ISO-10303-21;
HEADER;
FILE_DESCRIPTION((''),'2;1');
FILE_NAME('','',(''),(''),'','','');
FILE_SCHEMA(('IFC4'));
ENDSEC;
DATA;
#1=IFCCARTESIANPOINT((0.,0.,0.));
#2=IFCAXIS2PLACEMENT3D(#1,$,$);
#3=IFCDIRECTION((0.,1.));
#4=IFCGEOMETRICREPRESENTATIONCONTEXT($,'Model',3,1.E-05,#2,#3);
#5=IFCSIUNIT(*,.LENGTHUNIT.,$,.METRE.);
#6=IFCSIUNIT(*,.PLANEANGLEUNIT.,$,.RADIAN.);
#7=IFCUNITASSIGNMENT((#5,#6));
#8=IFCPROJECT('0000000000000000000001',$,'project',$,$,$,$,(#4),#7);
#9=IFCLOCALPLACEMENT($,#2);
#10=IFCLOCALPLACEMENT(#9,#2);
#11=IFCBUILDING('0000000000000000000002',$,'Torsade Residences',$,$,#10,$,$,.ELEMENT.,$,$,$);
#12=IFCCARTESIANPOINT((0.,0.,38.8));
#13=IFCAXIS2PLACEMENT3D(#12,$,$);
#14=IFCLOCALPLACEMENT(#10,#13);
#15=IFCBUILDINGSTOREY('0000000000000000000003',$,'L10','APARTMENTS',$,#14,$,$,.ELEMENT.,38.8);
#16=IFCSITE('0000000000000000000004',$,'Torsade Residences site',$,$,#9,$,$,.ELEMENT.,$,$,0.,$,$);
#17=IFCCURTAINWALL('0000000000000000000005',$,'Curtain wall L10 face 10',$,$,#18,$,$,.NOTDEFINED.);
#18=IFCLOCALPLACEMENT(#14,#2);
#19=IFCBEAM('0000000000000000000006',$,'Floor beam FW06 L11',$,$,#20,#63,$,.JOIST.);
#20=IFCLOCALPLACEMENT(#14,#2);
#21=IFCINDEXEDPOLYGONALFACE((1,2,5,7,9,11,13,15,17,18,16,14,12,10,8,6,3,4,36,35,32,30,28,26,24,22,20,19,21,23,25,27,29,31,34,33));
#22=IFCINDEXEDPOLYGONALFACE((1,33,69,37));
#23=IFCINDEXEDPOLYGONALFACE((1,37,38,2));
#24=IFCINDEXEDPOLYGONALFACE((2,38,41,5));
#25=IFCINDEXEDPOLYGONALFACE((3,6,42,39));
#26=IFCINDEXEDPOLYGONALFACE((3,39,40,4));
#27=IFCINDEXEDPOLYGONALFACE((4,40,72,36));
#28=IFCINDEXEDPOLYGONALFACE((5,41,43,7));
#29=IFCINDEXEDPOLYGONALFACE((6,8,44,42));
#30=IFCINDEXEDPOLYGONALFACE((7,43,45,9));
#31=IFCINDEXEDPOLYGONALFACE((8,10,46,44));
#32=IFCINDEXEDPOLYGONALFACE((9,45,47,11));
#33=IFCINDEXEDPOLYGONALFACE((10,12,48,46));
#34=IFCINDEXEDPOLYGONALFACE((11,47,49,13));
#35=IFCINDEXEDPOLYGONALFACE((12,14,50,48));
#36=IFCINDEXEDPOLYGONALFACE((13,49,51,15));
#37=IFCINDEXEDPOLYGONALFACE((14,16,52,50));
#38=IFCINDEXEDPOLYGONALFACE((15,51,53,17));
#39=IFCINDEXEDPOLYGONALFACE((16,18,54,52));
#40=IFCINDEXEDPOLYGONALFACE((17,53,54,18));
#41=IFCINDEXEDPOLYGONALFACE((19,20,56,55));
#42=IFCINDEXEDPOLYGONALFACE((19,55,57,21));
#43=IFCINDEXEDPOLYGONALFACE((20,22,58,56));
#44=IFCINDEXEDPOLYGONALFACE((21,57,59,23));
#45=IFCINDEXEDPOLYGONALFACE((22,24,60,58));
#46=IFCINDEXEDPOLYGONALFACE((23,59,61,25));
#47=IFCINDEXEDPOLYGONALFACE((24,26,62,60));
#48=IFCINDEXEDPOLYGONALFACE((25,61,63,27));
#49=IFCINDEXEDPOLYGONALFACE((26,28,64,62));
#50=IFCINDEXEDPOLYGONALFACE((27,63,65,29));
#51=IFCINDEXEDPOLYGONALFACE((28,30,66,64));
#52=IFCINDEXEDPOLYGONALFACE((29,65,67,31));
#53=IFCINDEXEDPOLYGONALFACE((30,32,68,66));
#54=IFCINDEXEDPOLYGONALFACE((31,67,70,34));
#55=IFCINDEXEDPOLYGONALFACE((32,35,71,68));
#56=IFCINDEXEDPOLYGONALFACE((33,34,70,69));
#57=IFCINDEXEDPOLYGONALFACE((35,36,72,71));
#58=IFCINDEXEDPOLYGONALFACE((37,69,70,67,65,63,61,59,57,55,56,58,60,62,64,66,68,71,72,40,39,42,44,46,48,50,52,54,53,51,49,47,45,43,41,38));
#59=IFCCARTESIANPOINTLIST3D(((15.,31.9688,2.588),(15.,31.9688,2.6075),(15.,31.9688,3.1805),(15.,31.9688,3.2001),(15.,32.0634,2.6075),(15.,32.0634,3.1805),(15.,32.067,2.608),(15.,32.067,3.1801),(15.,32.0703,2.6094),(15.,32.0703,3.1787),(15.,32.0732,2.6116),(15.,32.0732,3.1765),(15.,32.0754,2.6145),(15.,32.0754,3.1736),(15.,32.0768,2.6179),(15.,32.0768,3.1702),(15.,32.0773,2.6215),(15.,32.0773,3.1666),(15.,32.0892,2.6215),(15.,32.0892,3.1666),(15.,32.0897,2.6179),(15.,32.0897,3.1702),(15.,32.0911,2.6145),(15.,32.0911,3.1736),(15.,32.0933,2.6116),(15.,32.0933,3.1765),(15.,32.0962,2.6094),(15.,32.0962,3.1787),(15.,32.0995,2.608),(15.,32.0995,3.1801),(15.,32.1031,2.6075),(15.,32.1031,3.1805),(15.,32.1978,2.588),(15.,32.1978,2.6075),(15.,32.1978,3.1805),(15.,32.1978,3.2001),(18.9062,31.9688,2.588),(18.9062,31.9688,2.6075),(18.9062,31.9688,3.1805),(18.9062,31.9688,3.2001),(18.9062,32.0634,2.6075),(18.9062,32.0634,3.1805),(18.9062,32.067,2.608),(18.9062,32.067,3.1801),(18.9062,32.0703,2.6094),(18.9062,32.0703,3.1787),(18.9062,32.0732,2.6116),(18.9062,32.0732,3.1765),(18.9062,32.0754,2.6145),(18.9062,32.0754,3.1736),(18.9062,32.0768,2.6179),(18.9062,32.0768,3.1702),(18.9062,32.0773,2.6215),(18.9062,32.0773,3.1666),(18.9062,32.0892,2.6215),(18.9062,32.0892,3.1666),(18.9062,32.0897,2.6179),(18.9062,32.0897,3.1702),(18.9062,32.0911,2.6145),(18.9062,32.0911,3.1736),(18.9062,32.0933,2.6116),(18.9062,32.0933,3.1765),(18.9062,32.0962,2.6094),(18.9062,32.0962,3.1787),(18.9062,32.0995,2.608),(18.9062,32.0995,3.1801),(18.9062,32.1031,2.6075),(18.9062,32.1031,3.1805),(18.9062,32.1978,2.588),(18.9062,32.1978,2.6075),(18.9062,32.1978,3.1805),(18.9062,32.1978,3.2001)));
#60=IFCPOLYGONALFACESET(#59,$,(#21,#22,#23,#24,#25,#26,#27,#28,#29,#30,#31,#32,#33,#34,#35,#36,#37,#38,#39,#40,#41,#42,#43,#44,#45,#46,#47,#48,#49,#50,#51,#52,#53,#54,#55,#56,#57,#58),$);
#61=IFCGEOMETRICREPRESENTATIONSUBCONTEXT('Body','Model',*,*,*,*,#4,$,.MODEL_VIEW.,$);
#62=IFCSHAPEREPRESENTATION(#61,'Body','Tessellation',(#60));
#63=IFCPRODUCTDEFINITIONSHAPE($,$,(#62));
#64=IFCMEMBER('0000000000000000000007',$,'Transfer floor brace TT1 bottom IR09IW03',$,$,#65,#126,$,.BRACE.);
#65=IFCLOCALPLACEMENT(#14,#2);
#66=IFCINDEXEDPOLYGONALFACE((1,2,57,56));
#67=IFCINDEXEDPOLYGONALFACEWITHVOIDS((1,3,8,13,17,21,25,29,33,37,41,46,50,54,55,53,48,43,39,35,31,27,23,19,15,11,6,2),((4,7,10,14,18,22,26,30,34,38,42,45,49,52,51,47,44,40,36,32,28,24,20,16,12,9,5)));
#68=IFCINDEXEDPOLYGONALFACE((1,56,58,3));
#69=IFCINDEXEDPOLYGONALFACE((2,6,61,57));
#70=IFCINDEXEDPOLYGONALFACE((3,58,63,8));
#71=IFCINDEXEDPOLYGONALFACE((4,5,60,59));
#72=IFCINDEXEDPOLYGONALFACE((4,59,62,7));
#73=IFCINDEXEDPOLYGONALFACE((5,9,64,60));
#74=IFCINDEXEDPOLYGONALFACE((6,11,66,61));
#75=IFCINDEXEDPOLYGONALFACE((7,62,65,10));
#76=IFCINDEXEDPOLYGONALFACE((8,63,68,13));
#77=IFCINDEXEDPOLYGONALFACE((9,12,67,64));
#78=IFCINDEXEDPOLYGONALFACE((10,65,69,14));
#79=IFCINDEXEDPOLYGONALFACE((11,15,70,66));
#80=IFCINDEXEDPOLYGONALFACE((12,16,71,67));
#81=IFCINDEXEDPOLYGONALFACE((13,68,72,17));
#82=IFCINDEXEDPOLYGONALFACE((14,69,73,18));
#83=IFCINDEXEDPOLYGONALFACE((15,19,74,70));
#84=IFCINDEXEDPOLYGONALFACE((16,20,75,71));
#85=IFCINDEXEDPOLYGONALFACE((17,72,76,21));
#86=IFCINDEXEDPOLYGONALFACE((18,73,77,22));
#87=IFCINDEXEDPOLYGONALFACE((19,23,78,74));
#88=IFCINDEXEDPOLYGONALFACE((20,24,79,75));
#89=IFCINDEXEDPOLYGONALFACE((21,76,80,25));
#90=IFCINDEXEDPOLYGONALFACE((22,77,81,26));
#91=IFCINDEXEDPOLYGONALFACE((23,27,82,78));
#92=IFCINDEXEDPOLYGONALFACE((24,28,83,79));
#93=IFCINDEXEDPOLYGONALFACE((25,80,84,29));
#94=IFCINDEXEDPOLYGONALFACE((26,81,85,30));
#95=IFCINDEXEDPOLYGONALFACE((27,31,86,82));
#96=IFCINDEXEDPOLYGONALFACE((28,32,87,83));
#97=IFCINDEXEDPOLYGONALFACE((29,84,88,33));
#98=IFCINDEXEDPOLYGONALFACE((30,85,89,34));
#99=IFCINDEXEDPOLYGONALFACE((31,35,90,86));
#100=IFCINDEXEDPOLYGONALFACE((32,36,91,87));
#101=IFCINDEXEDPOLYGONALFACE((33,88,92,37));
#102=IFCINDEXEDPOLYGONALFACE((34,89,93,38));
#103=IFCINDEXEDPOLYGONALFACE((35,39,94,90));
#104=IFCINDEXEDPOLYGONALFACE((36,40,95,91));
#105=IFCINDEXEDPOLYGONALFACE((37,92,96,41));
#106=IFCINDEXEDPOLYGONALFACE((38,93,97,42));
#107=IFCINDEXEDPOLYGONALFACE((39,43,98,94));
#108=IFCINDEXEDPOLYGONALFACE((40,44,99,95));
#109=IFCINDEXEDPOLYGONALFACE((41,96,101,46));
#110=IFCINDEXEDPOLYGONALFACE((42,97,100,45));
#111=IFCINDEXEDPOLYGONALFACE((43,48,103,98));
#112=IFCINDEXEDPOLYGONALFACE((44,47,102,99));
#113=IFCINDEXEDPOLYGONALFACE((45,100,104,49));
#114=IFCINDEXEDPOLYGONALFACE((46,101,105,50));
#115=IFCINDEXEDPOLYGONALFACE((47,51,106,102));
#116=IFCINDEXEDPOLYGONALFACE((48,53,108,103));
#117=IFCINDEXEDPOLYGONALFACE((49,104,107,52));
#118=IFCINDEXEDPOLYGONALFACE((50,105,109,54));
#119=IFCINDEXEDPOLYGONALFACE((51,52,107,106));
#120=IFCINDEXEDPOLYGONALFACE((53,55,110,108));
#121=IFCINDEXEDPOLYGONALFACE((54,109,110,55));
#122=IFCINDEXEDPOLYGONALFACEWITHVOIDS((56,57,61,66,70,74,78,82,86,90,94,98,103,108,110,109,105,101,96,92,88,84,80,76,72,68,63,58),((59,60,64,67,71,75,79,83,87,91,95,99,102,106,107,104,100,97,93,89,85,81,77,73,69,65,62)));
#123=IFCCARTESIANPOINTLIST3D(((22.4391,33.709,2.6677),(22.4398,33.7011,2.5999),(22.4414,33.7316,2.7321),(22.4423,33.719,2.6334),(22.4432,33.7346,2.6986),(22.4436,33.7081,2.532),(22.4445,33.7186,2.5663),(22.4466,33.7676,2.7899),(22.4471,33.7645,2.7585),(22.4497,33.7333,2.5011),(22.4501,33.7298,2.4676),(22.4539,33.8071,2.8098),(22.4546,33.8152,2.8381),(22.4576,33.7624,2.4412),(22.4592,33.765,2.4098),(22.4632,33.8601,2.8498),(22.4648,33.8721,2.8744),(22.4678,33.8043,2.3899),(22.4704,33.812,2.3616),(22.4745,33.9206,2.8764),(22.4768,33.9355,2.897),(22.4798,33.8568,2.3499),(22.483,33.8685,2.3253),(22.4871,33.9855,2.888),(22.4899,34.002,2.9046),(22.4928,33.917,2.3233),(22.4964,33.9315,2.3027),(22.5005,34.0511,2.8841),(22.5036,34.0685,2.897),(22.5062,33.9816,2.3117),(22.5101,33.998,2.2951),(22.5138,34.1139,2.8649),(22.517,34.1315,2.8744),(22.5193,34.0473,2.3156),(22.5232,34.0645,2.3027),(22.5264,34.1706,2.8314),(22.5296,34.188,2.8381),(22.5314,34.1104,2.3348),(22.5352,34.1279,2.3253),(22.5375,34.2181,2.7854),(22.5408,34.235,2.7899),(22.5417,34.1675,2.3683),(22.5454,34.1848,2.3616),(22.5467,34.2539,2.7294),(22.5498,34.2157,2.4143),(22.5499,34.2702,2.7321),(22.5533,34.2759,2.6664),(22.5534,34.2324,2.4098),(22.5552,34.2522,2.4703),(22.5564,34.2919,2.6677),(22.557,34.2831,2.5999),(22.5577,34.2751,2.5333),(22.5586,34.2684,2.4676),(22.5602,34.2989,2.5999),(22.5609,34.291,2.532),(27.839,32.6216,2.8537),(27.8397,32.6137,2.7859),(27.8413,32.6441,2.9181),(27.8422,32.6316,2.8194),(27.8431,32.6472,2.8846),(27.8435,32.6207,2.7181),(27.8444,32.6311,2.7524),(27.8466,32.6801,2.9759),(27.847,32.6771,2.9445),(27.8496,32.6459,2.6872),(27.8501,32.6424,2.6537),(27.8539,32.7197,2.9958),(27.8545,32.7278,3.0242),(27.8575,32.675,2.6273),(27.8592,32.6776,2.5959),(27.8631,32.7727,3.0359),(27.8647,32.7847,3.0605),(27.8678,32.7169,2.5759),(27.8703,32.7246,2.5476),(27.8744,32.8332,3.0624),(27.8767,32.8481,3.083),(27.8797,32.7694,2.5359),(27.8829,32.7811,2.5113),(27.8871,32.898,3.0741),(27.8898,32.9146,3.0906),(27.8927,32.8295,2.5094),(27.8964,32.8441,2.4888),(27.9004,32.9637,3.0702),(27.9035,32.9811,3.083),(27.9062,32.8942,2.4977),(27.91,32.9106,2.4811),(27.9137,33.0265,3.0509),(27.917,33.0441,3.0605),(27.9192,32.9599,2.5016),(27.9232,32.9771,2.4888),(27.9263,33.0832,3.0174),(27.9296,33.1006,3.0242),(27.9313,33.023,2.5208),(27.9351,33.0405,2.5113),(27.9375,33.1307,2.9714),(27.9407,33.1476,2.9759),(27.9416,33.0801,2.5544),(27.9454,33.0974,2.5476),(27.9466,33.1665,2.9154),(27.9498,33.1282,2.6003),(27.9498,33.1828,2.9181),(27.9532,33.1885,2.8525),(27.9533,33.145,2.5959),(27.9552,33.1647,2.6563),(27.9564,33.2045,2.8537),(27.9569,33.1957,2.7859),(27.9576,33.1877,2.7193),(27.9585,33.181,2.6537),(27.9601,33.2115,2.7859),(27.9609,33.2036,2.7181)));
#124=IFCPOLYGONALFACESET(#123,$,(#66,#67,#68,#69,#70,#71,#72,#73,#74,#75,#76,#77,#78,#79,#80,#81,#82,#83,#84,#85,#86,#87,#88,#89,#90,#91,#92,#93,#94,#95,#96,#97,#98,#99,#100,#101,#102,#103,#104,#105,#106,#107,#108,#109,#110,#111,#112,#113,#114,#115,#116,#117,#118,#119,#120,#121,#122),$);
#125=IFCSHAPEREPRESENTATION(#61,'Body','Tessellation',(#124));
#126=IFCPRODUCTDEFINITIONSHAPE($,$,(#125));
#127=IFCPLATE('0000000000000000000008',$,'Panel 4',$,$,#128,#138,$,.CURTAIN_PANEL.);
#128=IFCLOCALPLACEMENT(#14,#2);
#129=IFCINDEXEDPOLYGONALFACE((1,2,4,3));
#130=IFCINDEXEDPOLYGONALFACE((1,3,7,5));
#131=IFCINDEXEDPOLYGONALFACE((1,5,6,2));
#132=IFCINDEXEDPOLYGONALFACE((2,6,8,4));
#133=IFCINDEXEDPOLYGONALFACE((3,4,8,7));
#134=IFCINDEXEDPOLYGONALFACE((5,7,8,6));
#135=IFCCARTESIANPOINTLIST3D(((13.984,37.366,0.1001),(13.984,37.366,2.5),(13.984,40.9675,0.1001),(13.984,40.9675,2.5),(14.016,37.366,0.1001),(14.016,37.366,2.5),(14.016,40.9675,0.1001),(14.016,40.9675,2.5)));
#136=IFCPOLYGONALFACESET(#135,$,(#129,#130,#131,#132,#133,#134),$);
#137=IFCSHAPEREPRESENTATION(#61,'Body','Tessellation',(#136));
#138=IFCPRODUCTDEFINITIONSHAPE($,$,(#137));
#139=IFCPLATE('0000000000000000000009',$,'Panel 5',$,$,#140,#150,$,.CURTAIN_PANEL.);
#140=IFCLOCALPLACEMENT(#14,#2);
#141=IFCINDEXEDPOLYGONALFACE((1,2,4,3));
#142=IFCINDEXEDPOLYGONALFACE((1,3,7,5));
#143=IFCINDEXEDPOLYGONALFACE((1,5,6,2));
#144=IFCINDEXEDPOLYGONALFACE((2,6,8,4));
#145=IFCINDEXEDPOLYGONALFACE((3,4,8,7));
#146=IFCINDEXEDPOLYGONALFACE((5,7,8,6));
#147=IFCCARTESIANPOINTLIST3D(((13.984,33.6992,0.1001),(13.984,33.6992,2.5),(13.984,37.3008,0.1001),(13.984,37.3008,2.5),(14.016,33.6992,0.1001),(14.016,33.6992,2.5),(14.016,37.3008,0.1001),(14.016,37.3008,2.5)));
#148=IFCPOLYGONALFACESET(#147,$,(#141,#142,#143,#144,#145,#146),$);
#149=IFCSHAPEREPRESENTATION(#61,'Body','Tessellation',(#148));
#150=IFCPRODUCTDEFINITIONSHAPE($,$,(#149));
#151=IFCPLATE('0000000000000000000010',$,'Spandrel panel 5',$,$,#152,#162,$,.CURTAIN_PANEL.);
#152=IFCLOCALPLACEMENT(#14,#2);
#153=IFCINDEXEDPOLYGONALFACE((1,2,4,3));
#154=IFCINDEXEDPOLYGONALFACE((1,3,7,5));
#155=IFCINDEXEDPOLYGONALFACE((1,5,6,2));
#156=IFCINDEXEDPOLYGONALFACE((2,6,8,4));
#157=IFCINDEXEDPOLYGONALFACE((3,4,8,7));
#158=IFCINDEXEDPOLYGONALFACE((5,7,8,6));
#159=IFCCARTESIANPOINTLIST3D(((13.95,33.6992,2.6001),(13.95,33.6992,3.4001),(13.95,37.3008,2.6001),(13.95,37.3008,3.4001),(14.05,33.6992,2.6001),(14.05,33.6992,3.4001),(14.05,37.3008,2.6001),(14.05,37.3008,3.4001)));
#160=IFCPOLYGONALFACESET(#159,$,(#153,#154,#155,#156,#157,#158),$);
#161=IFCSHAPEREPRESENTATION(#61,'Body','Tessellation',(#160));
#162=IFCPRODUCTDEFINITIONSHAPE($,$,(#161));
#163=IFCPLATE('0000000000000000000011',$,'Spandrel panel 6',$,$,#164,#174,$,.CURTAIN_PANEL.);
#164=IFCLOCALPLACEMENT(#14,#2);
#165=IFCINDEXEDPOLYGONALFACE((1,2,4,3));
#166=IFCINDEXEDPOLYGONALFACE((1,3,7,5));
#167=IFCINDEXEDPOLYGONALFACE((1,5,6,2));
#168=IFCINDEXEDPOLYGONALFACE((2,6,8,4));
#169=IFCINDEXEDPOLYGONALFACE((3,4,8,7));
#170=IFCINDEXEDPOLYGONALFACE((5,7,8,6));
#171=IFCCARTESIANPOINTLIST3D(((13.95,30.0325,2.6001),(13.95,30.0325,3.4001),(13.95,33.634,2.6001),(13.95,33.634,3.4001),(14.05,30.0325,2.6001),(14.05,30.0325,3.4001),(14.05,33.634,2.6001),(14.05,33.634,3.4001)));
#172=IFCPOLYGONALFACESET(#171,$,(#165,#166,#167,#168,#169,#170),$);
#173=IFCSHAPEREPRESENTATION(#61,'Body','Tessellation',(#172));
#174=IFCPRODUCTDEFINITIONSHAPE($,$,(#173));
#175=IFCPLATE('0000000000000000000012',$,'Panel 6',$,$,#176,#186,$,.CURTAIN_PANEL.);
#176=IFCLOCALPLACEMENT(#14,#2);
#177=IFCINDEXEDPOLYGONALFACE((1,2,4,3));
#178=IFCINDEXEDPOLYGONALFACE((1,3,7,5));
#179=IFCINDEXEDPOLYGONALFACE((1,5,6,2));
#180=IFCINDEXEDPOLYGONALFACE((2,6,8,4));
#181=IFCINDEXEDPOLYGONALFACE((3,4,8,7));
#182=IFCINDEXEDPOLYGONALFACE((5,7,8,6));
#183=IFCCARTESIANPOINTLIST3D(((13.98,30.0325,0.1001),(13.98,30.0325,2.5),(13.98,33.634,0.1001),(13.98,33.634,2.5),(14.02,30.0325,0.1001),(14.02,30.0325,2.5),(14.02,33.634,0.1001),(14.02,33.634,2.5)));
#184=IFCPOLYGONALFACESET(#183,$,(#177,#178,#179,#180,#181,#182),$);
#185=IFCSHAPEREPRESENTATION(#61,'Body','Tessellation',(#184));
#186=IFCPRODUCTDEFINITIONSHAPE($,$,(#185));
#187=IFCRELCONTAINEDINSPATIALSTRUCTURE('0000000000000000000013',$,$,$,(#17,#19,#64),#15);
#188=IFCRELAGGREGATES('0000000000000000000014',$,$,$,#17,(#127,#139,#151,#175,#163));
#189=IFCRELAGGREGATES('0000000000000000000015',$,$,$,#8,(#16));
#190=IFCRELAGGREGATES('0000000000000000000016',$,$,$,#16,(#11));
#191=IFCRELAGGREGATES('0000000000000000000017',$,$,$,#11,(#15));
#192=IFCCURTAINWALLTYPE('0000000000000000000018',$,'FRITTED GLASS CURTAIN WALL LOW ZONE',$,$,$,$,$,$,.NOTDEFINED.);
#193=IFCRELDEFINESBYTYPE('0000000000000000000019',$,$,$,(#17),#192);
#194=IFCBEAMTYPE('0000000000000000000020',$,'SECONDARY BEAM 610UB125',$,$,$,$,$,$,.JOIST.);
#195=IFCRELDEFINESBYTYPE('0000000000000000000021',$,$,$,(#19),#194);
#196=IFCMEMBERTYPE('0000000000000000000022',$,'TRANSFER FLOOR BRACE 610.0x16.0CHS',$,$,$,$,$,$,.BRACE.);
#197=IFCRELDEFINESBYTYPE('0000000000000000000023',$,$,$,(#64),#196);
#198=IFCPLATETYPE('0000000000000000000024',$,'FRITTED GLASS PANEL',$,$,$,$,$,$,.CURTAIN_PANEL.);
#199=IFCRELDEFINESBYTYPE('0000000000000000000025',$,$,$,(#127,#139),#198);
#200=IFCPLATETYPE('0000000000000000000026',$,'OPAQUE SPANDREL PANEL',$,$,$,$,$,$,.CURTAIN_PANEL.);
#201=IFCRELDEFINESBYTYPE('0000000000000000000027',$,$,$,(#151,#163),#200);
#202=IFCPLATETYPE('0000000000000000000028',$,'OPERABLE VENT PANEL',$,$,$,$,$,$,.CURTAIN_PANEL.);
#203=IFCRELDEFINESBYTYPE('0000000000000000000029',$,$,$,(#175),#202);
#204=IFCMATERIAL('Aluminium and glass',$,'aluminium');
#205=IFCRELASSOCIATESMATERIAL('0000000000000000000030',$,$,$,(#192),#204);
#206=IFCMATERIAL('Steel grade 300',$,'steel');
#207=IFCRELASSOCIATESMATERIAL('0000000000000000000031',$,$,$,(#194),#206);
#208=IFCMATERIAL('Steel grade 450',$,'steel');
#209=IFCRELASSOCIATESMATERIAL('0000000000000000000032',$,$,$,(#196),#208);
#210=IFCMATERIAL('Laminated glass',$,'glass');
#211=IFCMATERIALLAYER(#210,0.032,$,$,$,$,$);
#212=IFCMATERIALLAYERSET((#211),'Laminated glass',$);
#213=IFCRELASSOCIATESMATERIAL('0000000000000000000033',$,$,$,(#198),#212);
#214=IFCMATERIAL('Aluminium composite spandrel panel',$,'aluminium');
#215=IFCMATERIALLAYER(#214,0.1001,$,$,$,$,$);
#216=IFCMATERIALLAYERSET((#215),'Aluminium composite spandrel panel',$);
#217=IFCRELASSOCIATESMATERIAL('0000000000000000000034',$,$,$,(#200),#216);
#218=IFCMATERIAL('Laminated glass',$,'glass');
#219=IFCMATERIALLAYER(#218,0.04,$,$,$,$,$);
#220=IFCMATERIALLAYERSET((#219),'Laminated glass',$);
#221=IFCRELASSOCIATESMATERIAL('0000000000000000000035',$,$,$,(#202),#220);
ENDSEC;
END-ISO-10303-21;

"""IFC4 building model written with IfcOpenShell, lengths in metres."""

from ifc_helpers import new_model, si_unit, direction, frame, origin, origin_2d, place, context, subcontext, project, spatial, rectangle, hollow_circle, i_section, extrude, material, layer, layer_set, material_profile, profile_set, type_object, element, aggregate, save


model = new_model("IFC4")

# Units and contexts
model_context = context("Model", 3, precision=1e-05, world=origin(), true_north=direction((0.0, 1.0)))
body_context = subcontext(model_context, "Body", "Model", "MODEL_VIEW")
ifc_project = project(units=[si_unit("LENGTHUNIT", "METRE"), si_unit("PLANEANGLEUNIT", "RADIAN")], contexts=[model_context])

# Site, building, storey
site_placement = place(None, origin())
site = spatial("IfcSite", under=ifc_project, at=site_placement, Name="Torsade Residences site", CompositionType="ELEMENT", RefElevation=0.0)
building_placement = place(site_placement, origin())
building = spatial("IfcBuilding", under=site, at=building_placement, Name="Torsade Residences", CompositionType="ELEMENT")
storey_placement = place(building_placement, frame((0.0, 0.0, 38.8)))
storey = spatial("IfcBuildingStorey", under=building, at=storey_placement, Name="L10", Description="APARTMENTS", CompositionType="ELEMENT", Elevation=38.8)

# Curtain wall
ifc_material_1 = material(Name="Aluminium and glass", Category="aluminium")
curtain_wall_type = type_object("IfcCurtainWallType", Name="FRITTED GLASS CURTAIN WALL LOW ZONE", PredefinedType="NOTDEFINED", material=ifc_material_1)
curtain_wall_placement = place(storey_placement, origin())
curtain_wall = element("IfcCurtainWall", 1, at=curtain_wall_placement, inside=storey, type_object=curtain_wall_type, Name="Curtain wall L10 face 10", PredefinedType="NOTDEFINED")

# Beam
ifc_material_2 = material(Name="Steel grade 300", Category="steel")
ifc_material_profile_1 = material_profile(ifc_material_2, i_section(OverallWidth=0.229, OverallDepth=0.6121, WebThickness=0.012, FlangeThickness=0.0195, FilletRadius=0.0139, at=origin_2d()), Name="610UB125")
ifc_profile_set_1 = profile_set([ifc_material_profile_1], Name="Steel grade 300")
beam_type_1 = type_object("IfcBeamType", Name="SECONDARY BEAM 610UB125", PredefinedType="JOIST", material=ifc_profile_set_1)
beam_1_placement = place(storey_placement, frame((15.0, 32.0833, 2.894), z_axis=(1.0, 0.0, 0.0), x_axis=(0.0, 1.0, 0.0)))
element("IfcBeam", 2, at=beam_1_placement, inside=storey, type_object=beam_type_1, Name="Floor beam FW06 L11", PredefinedType="JOIST", context=body_context, shape_type="SweptSolid", body=[
    extrude(i_section(OverallWidth=0.229, OverallDepth=0.6121, WebThickness=0.012, FlangeThickness=0.0195, FilletRadius=0.0139, at=origin_2d()), origin(), (0.0, 0.0, 1.0), 3.9062),
])

# Member
ifc_material_3 = material(Name="Steel grade 450", Category="steel")
ifc_material_profile_2 = material_profile(ifc_material_3, hollow_circle(Radius=0.3049, WallThickness=0.0161, at=origin_2d()), Name="610.0x16.0CHS")
ifc_profile_set_2 = profile_set([ifc_material_profile_2], Name="Steel grade 450")
member_type_1 = type_object("IfcMemberType", Name="TRANSFER FLOOR BRACE 610.0x16.0CHS", PredefinedType="BRACE", material=ifc_profile_set_2)
member_1_placement = place(storey_placement, frame((22.5, 34.0, 2.5999), z_axis=(0.979762, -0.197299, 0.033754), x_axis=(0.197412, 0.980321, 0.0)))
element("IfcMember", 3, at=member_1_placement, inside=storey, type_object=member_type_1, Name="Transfer floor brace TT1 bottom IR09IW03", PredefinedType="BRACE", context=body_context, shape_type="SweptSolid", body=[
    extrude(hollow_circle(Radius=0.3049, WallThickness=0.0161, at=origin_2d()), origin(), (0.0, 0.0, 1.0), 5.5115),
])

# Plates
ifc_material_4 = material(Name="Laminated glass", Category="glass")
ifc_layer_1 = layer(ifc_material_4, 0.032)
ifc_layer_set_1 = layer_set([ifc_layer_1], Name="Laminated glass")
plate_type_1 = type_object("IfcPlateType", Name="FRITTED GLASS PANEL", PredefinedType="CURTAIN_PANEL", material=ifc_layer_set_1)
plate_1_placement = place(storey_placement, frame((14.0, 39.1667, 0.1001), z_axis=(0.0, 0.0, 1.0), x_axis=(0.0, -1.0, 0.0)))
plate_1 = element("IfcPlate", 4, at=plate_1_placement, type_object=plate_type_1, Name="Panel 4", PredefinedType="CURTAIN_PANEL", context=body_context, shape_type="SweptSolid", body=[
    extrude(rectangle(XDim=3.6016, YDim=0.032, at=origin_2d()), origin(), (0.0, 0.0, 1.0), 2.3999),
])
plate_2_placement = place(storey_placement, frame((14.0, 35.5, 0.1001), z_axis=(0.0, 0.0, 1.0), x_axis=(0.0, -1.0, 0.0)))
plate_2 = element("IfcPlate", 5, at=plate_2_placement, type_object=plate_type_1, Name="Panel 5", PredefinedType="CURTAIN_PANEL", context=body_context, shape_type="SweptSolid", body=[
    extrude(rectangle(XDim=3.6016, YDim=0.032, at=origin_2d()), origin(), (0.0, 0.0, 1.0), 2.3999),
])
ifc_material_5 = material(Name="Aluminium composite spandrel panel", Category="aluminium")
ifc_layer_2 = layer(ifc_material_5, 0.1001)
ifc_layer_set_2 = layer_set([ifc_layer_2], Name="Aluminium composite spandrel panel")
plate_type_2 = type_object("IfcPlateType", Name="OPAQUE SPANDREL PANEL", PredefinedType="CURTAIN_PANEL", material=ifc_layer_set_2)
plate_3_placement = place(storey_placement, frame((14.0, 35.5, 2.6001), z_axis=(0.0, 0.0, 1.0), x_axis=(0.0, -1.0, 0.0)))
plate_3 = element("IfcPlate", 6, at=plate_3_placement, type_object=plate_type_2, Name="Spandrel panel 5", PredefinedType="CURTAIN_PANEL", context=body_context, shape_type="SweptSolid", body=[
    extrude(rectangle(XDim=3.6016, YDim=0.1001, at=origin_2d()), origin(), (0.0, 0.0, 1.0), 0.8),
])
plate_4_placement = place(storey_placement, frame((14.0, 31.8333, 2.6001), z_axis=(0.0, 0.0, 1.0), x_axis=(0.0, -1.0, 0.0)))
plate_4 = element("IfcPlate", 7, at=plate_4_placement, type_object=plate_type_2, Name="Spandrel panel 6", PredefinedType="CURTAIN_PANEL", context=body_context, shape_type="SweptSolid", body=[
    extrude(rectangle(XDim=3.6016, YDim=0.1001, at=origin_2d()), origin(), (0.0, 0.0, 1.0), 0.8),
])
ifc_material_6 = material(Name="Laminated glass", Category="glass")
ifc_layer_3 = layer(ifc_material_6, 0.04)
ifc_layer_set_3 = layer_set([ifc_layer_3], Name="Laminated glass")
plate_type_3 = type_object("IfcPlateType", Name="OPERABLE VENT PANEL", PredefinedType="CURTAIN_PANEL", material=ifc_layer_set_3)
plate_5_placement = place(storey_placement, frame((14.0, 31.8333, 0.1001), z_axis=(0.0, 0.0, 1.0), x_axis=(0.0, -1.0, 0.0)))
plate_5 = element("IfcPlate", 8, at=plate_5_placement, type_object=plate_type_3, Name="Panel 6", PredefinedType="CURTAIN_PANEL", context=body_context, shape_type="SweptSolid", body=[
    extrude(rectangle(XDim=3.6016, YDim=0.04, at=origin_2d()), origin(), (0.0, 0.0, 1.0), 2.3999),
])
aggregate(curtain_wall, [plate_1, plate_2, plate_3, plate_5, plate_4])

save(model, "model.ifc")
